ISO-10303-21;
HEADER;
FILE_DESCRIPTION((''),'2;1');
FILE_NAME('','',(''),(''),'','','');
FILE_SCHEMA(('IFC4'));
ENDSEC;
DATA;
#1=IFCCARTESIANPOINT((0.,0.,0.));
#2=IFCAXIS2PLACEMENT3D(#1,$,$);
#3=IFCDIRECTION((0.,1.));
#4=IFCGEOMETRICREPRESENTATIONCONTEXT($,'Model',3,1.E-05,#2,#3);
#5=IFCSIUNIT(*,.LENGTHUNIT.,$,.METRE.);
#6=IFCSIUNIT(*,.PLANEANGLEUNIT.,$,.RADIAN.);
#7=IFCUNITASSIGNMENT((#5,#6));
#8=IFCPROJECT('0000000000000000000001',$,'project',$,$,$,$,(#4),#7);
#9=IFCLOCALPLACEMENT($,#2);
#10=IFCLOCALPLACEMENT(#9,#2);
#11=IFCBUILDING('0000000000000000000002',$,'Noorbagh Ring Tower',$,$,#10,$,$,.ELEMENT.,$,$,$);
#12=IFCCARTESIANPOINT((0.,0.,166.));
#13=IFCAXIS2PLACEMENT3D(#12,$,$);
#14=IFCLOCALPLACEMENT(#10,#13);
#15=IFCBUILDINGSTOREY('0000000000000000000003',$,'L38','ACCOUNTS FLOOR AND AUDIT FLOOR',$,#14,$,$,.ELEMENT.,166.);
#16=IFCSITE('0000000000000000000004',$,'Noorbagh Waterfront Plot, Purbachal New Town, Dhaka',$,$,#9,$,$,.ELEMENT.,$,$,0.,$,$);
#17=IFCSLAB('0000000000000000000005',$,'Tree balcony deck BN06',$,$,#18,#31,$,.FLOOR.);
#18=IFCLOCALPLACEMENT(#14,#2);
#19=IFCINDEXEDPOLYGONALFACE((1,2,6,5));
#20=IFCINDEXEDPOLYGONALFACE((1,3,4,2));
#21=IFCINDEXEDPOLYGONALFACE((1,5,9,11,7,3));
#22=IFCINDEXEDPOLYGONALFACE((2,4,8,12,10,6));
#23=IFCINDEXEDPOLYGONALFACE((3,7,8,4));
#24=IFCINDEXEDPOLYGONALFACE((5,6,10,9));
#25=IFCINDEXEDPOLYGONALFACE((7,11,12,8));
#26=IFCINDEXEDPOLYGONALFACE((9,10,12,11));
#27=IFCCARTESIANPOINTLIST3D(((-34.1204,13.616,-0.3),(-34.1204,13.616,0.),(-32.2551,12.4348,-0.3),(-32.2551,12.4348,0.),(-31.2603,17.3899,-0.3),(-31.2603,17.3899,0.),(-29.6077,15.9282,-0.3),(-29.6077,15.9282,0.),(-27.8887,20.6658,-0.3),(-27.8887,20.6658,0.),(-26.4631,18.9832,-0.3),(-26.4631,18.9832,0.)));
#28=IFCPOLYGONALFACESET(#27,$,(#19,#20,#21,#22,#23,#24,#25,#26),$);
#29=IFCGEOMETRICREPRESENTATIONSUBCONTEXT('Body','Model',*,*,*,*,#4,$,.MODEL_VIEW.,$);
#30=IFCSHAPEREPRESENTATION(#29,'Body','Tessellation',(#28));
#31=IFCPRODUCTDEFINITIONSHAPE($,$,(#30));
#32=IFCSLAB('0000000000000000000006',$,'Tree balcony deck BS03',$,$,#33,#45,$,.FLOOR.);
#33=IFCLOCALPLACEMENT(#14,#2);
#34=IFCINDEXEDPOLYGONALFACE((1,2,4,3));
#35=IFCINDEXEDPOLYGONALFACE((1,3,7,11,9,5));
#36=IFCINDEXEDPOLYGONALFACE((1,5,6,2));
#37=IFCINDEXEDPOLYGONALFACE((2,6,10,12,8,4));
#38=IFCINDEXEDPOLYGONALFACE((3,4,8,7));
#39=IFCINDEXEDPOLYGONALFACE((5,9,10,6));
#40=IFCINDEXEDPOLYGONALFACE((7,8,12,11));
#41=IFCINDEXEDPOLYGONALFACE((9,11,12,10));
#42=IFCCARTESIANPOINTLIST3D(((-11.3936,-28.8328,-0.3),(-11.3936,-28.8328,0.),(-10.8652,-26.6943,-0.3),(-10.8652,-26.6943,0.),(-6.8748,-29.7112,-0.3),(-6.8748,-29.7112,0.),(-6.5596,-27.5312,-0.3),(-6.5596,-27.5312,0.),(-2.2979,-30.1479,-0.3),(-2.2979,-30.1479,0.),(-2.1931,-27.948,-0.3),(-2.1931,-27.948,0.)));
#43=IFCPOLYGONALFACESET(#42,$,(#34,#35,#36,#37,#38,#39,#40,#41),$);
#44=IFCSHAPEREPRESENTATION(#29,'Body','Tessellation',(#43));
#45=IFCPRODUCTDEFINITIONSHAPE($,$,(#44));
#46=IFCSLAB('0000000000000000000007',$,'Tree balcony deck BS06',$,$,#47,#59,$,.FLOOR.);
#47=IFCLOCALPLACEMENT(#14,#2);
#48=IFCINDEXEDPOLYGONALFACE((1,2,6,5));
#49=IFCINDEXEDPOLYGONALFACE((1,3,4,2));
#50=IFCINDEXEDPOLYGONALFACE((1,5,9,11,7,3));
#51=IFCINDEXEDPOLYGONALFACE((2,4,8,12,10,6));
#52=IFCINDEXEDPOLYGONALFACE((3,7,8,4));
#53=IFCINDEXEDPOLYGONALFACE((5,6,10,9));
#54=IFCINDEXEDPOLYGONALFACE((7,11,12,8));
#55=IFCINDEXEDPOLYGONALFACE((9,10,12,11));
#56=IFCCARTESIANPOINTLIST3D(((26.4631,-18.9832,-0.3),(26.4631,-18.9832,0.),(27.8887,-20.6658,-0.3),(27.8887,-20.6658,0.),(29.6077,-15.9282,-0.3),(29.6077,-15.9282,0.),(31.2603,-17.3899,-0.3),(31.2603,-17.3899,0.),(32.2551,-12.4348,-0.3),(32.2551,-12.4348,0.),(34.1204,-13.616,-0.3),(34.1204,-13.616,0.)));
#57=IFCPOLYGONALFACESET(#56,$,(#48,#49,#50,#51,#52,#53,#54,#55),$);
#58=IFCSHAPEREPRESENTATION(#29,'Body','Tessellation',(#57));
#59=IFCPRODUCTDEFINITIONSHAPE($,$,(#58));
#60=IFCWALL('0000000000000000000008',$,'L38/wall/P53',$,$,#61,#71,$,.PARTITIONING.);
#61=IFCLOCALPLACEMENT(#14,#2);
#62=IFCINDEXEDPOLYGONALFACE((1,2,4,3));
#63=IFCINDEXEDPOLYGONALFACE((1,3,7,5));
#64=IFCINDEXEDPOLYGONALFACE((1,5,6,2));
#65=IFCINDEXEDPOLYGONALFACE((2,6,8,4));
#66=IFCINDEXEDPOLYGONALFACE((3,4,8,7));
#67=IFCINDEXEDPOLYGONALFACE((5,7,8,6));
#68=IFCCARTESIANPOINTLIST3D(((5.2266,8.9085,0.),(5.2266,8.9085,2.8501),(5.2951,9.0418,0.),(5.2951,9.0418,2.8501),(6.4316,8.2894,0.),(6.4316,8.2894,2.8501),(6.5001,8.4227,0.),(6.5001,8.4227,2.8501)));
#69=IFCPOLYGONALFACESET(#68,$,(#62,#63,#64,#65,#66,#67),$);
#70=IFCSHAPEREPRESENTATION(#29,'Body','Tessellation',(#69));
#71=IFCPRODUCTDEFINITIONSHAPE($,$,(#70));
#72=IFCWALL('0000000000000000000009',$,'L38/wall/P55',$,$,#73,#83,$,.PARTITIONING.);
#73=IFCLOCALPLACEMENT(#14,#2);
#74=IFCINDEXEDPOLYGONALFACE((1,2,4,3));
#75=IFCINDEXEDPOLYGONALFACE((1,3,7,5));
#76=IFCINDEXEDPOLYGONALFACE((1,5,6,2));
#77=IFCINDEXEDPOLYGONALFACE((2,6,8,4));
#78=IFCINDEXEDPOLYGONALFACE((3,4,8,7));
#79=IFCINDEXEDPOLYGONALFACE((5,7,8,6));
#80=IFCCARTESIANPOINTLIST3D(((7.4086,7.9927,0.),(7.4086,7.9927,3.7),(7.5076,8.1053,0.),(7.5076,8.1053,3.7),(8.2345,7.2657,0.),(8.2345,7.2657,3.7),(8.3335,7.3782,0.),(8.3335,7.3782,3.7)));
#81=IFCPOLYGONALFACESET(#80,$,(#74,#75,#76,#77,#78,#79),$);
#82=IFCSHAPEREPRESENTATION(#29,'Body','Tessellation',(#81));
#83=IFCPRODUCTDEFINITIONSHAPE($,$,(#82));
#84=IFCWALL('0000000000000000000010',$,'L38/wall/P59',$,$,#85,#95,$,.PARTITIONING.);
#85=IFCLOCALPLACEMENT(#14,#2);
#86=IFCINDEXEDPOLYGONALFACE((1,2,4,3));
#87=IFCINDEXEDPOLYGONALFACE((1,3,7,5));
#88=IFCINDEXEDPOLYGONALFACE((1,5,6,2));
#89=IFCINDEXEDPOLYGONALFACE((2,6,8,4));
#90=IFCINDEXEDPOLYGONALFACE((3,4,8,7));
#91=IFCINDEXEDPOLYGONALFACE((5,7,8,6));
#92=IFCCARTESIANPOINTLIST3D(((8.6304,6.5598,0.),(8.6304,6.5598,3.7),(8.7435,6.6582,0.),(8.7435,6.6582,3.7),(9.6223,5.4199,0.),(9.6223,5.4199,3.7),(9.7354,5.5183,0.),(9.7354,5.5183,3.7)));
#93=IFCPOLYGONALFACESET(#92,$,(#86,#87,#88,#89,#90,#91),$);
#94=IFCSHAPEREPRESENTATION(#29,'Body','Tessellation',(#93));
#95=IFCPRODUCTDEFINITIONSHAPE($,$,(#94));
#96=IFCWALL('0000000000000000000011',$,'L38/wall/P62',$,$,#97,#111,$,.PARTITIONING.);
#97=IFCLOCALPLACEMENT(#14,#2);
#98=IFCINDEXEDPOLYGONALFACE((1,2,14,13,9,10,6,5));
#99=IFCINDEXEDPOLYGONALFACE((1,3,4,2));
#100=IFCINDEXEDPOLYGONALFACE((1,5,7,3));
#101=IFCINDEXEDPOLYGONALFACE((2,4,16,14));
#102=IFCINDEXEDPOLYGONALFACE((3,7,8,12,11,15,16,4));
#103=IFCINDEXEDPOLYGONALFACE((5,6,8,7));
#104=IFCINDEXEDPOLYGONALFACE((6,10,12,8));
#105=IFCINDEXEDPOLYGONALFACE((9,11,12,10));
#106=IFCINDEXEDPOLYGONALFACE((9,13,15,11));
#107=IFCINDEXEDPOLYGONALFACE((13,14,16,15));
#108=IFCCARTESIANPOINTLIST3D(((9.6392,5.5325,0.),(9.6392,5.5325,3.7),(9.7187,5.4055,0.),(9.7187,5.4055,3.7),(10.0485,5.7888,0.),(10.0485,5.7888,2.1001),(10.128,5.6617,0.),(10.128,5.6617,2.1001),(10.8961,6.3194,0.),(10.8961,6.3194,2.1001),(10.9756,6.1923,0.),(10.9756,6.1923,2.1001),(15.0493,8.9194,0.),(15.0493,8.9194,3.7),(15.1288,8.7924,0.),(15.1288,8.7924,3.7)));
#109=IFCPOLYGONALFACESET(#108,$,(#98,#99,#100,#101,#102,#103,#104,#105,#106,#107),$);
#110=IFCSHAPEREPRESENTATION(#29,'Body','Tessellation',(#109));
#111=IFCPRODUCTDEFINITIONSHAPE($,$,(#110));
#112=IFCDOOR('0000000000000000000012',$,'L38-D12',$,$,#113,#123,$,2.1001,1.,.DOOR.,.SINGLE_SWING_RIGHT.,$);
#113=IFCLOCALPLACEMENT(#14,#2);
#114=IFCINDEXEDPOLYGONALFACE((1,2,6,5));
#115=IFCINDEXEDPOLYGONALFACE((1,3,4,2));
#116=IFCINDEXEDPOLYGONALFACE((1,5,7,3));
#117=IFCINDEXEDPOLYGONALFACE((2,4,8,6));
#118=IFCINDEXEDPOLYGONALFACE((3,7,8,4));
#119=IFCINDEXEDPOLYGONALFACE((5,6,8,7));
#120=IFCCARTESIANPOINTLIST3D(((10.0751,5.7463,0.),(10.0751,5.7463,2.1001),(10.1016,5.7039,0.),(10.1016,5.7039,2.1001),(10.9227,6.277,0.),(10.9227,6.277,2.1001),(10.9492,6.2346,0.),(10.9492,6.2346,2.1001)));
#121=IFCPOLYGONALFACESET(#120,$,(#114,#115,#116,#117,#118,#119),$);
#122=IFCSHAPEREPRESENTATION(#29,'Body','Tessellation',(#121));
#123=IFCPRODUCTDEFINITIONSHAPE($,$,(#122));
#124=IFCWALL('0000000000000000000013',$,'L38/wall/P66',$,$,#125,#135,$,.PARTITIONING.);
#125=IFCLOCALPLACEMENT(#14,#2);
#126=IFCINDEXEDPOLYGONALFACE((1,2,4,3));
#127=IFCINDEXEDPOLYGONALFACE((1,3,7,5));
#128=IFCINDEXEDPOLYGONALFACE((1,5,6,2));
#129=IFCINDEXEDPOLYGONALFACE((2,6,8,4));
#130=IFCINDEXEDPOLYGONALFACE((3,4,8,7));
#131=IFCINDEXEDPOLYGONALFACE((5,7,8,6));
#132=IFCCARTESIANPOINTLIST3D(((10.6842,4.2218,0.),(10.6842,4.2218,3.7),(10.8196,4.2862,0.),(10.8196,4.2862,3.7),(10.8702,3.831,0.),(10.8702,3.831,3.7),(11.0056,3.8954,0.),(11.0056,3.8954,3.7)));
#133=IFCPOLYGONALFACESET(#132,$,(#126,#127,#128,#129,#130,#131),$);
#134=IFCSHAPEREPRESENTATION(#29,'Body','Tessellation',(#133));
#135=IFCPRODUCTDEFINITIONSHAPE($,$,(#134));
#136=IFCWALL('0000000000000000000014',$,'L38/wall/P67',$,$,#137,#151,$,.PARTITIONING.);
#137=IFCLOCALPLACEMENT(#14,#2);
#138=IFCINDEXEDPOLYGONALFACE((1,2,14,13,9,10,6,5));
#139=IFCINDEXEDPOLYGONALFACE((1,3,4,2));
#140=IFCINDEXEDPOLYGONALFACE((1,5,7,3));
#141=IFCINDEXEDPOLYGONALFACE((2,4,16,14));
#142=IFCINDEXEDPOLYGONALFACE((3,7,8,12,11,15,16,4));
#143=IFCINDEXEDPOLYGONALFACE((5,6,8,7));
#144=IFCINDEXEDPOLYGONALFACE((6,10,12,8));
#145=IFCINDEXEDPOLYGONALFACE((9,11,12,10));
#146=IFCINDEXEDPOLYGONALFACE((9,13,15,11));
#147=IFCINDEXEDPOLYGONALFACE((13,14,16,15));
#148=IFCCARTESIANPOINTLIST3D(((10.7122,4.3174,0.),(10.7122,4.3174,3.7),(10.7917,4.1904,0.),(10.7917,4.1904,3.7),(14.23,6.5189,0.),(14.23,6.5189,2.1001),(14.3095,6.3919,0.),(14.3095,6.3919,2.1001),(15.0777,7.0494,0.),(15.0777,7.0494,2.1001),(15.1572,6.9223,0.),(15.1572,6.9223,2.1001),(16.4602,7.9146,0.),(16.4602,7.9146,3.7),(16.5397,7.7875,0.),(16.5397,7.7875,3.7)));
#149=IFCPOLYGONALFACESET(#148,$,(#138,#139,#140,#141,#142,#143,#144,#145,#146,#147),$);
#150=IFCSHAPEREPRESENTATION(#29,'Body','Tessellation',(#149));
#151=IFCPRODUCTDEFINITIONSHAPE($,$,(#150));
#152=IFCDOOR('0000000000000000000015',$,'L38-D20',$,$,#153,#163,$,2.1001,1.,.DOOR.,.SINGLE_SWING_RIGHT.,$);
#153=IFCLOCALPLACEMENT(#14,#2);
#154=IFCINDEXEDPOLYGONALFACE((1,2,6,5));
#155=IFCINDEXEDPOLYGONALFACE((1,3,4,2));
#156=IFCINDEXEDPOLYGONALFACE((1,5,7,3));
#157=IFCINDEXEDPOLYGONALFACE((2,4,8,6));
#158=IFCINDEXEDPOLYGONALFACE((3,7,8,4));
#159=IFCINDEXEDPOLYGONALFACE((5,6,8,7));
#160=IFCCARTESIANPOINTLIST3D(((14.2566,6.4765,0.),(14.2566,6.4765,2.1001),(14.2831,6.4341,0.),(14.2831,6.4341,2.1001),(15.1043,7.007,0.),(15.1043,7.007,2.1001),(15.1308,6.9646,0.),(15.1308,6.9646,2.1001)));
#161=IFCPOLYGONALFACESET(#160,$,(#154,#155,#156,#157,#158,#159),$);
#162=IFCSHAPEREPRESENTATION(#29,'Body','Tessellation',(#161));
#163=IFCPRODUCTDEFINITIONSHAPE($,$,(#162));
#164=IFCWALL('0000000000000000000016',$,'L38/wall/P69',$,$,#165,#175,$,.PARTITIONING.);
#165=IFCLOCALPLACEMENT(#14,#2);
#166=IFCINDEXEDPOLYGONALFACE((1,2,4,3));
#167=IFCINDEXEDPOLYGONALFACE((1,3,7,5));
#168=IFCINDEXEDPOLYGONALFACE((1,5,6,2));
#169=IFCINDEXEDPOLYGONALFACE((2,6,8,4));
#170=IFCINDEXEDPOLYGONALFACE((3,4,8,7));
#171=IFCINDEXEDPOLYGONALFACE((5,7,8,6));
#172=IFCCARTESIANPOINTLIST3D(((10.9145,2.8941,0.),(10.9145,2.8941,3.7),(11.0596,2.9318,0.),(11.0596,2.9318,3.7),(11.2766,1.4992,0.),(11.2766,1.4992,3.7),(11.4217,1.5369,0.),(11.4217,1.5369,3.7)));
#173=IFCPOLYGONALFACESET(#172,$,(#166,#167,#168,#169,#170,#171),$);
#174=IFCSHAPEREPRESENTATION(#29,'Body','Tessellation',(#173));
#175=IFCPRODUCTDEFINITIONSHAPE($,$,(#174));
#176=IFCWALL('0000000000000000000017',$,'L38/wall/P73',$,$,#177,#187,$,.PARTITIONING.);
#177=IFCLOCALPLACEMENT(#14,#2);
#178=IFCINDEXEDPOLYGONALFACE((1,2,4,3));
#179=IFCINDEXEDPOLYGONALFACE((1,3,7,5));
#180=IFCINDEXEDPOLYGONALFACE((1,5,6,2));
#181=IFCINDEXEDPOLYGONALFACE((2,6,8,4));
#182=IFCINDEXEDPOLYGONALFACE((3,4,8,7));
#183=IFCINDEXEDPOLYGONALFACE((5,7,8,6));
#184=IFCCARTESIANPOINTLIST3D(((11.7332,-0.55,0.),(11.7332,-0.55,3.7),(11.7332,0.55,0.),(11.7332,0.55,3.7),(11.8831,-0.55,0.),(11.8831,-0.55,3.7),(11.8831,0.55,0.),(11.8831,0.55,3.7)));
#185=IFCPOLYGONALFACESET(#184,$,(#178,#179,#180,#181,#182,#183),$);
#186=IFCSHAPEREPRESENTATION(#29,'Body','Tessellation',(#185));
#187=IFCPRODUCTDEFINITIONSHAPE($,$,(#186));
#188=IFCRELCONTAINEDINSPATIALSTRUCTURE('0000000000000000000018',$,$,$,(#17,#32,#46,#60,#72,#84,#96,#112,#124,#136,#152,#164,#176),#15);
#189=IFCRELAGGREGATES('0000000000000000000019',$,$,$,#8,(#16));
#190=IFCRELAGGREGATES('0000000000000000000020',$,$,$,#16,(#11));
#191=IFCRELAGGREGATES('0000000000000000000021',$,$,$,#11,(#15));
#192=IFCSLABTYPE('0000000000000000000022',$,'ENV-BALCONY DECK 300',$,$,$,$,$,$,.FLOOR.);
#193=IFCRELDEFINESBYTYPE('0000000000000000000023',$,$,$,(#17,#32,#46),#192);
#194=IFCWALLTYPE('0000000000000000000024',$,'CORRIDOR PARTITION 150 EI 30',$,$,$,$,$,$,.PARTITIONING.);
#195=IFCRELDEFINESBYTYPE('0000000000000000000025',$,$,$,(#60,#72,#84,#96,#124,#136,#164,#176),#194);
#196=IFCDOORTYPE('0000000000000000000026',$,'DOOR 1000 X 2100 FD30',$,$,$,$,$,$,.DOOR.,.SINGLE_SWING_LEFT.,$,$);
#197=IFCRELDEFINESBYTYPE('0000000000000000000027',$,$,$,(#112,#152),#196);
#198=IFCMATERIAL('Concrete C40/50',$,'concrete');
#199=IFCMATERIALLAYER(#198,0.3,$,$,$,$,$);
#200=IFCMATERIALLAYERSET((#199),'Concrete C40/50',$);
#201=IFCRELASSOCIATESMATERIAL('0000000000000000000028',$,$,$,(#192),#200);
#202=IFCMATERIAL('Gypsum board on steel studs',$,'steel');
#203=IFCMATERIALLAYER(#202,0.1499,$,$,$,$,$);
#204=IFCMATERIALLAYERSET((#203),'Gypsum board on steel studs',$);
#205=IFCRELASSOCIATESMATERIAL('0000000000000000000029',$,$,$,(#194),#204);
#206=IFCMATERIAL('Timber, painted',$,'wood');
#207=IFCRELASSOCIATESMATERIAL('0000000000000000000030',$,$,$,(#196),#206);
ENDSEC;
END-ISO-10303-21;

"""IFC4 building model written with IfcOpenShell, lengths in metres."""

from ifc_helpers import new_model, si_unit, direction, frame, frame_2d, origin, place, context, subcontext, project, spatial, polyline, rectangle, outline, extrude, material, layer, layer_set, type_object, element, fill, save


model = new_model("IFC4")

# Units and contexts
model_context = context("Model", 3, precision=1e-05, world=origin(), true_north=direction((0.0, 1.0)))
body_context = subcontext(model_context, "Body", "Model", "MODEL_VIEW")
ifc_project = project(units=[si_unit("LENGTHUNIT", "METRE"), si_unit("PLANEANGLEUNIT", "RADIAN")], contexts=[model_context])

# Site, building, storey
site_placement = place(None, origin())
site = spatial("IfcSite", under=ifc_project, at=site_placement, Name="Noorbagh Waterfront Plot, Purbachal New Town, Dhaka", CompositionType="ELEMENT", RefElevation=0.0)
building_placement = place(site_placement, origin())
building = spatial("IfcBuilding", under=site, at=building_placement, Name="Noorbagh Ring Tower", CompositionType="ELEMENT")
storey_placement = place(building_placement, frame((0.0, 0.0, 166.0)))
storey = spatial("IfcBuildingStorey", under=building, at=storey_placement, Name="L38", Description="ACCOUNTS FLOOR AND AUDIT FLOOR", CompositionType="ELEMENT", Elevation=166.0)

# Slabs
ifc_material_1 = material(Name="Concrete C40/50", Category="concrete")
ifc_layer_1 = layer(ifc_material_1, 0.3)
ifc_layer_set_1 = layer_set([ifc_layer_1], Name="Concrete C40/50")
slab_type = type_object("IfcSlabType", Name="ENV-BALCONY DECK 300", PredefinedType="FLOOR", material=ifc_layer_set_1)
slab_1_placement = place(storey_placement, frame((0.0, 0.0, -0.3)))
element("IfcSlab", 1, at=slab_1_placement, inside=storey, type_object=slab_type, Name="Tree balcony deck BN06", PredefinedType="FLOOR", context=body_context, shape_type="SweptSolid", body=[
    extrude(outline(polyline([(-27.8887, 20.6658), (-31.2603, 17.3899), (-34.1204, 13.616), (-32.2551, 12.4348), (-29.6077, 15.9282), (-26.4631, 18.9832), (-27.8887, 20.6658)])), origin(), (0.0, 0.0, 1.0), 0.3),
])
slab_2_placement = place(storey_placement, frame((0.0, 0.0, -0.3)))
element("IfcSlab", 2, at=slab_2_placement, inside=storey, type_object=slab_type, Name="Tree balcony deck BS03", PredefinedType="FLOOR", context=body_context, shape_type="SweptSolid", body=[
    extrude(outline(polyline([(-11.3936, -28.8328), (-6.8748, -29.7112), (-2.2979, -30.1479), (-2.1931, -27.948), (-6.5596, -27.5312), (-10.8652, -26.6943), (-11.3936, -28.8328)])), origin(), (0.0, 0.0, 1.0), 0.3),
])
slab_3_placement = place(storey_placement, frame((0.0, 0.0, -0.3)))
element("IfcSlab", 3, at=slab_3_placement, inside=storey, type_object=slab_type, Name="Tree balcony deck BS06", PredefinedType="FLOOR", context=body_context, shape_type="SweptSolid", body=[
    extrude(outline(polyline([(27.8887, -20.6658), (31.2603, -17.3899), (34.1204, -13.616), (32.2551, -12.4348), (29.6077, -15.9282), (26.4631, -18.9832), (27.8887, -20.6658)])), origin(), (0.0, 0.0, 1.0), 0.3),
])

# Walls
ifc_material_2 = material(Name="Gypsum board on steel studs", Category="steel")
ifc_layer_2 = layer(ifc_material_2, 0.1499)
ifc_layer_set_2 = layer_set([ifc_layer_2], Name="Gypsum board on steel studs")
wall_type = type_object("IfcWallType", Name="CORRIDOR PARTITION 150 EI 30", PredefinedType="PARTITIONING", material=ifc_layer_set_2)
wall_1_placement = place(storey_placement, frame((5.261, 8.9751, 0.0), z_axis=(0.0, 0.0, 1.0), x_axis=(0.889472, -0.45699, 0.0)))
element("IfcWall", 4, at=wall_1_placement, inside=storey, type_object=wall_type, Name="L38/wall/P53", PredefinedType="PARTITIONING", context=body_context, shape_type="SweptSolid", body=[
    extrude(rectangle(XDim=1.3547, YDim=0.1499, at=frame_2d((0.6772, 0.0))), origin(), (0.0, 0.0, 1.0), 2.8501),
])
wall_2_placement = place(storey_placement, frame((7.458, 8.0491, 0.0), z_axis=(0.0, 0.0, 1.0), x_axis=(0.750608, -0.660748, 0.0)))
element("IfcWall", 5, at=wall_2_placement, inside=storey, type_object=wall_type, Name="L38/wall/P55", PredefinedType="PARTITIONING", context=body_context, shape_type="SweptSolid", body=[
    extrude(rectangle(XDim=1.1003, YDim=0.1499, at=frame_2d((0.5503, 0.0))), origin(), (0.0, 0.0, 1.0), 3.7),
])
wall_3_placement = place(storey_placement, frame((8.687, 6.6089, 0.0), z_axis=(0.0, 0.0, 1.0), x_axis=(0.656455, -0.754365, 0.0)))
element("IfcWall", 6, at=wall_3_placement, inside=storey, type_object=wall_type, Name="L38/wall/P59", PredefinedType="PARTITIONING", context=body_context, shape_type="SweptSolid", body=[
    extrude(rectangle(XDim=1.511, YDim=0.1499, at=frame_2d((0.7554, 0.0))), origin(), (0.0, 0.0, 1.0), 3.7),
])

# Wall, opening, door
wall_4_placement = place(storey_placement, frame((9.679, 5.469, 0.0), z_axis=(0.0, 0.0, 1.0), x_axis=(0.847603, 0.530631, 0.0)))
wall_4 = element("IfcWall", 7, at=wall_4_placement, inside=storey, type_object=wall_type, Name="L38/wall/P62", PredefinedType="PARTITIONING", context=body_context, shape_type="SweptSolid", body=[
    extrude(rectangle(XDim=6.3828, YDim=0.1499, at=frame_2d((3.1914, 0.0))), origin(), (0.0, 0.0, 1.0), 3.7),
])
opening_1_placement = place(wall_4_placement, frame((0.4829, 0.0, 0.0)))
opening_1 = element("IfcOpeningElement", 8, at=opening_1_placement, cuts=wall_4, PredefinedType="OPENING", context=body_context, shape_type="SweptSolid", body=[
    extrude(rectangle(XDim=1.0, YDim=2.1001, at=frame_2d((0.5, 1.05))), frame((0.0, 0.085, 0.0), z_axis=(0.0, -1.0, 0.0), x_axis=(1.0, 0.0, 0.0)), (0.0, 0.0, 1.0), 0.1699),
])
ifc_material_3 = material(Name="Timber, painted", Category="wood")
door_type = type_object("IfcDoorType", Name="DOOR 1000 X 2100 FD30", OperationType="SINGLE_SWING_LEFT", PredefinedType="DOOR", material=ifc_material_3)
door_1_placement = place(opening_1_placement, origin())
door_1 = element("IfcDoor", 9, at=door_1_placement, inside=storey, type_object=door_type, Name="L38-D12", OperationType="SINGLE_SWING_RIGHT", OverallHeight=2.1001, OverallWidth=1.0, PredefinedType="DOOR", context=body_context, shape_type="SweptSolid", body=[
    extrude(rectangle(XDim=1.0, YDim=2.1001, at=frame_2d((0.5, 1.05))), frame((0.0, 0.0249, 0.0), z_axis=(0.0, -1.0, 0.0), x_axis=(1.0, 0.0, 0.0)), (0.0, 0.0, 1.0), 0.05),
])
fill(opening_1, door_1)

# Wall
wall_5_placement = place(storey_placement, frame((10.752, 4.2539, 0.0), z_axis=(0.0, 0.0, 1.0), x_axis=(0.429758, -0.902944, 0.0)))
element("IfcWall", 10, at=wall_5_placement, inside=storey, type_object=wall_type, Name="L38/wall/P66", PredefinedType="PARTITIONING", context=body_context, shape_type="SweptSolid", body=[
    extrude(rectangle(XDim=0.4329, YDim=0.1499, at=frame_2d((0.2163, 0.0))), origin(), (0.0, 0.0, 1.0), 3.7),
])

# Wall, opening, door
wall_6_placement = place(storey_placement, frame((10.752, 4.2539, 0.0), z_axis=(0.0, 0.0, 1.0), x_axis=(0.847691, 0.530491, 0.0)))
wall_6 = element("IfcWall", 11, at=wall_6_placement, inside=storey, type_object=wall_type, Name="L38/wall/P67", PredefinedType="PARTITIONING", context=body_context, shape_type="SweptSolid", body=[
    extrude(rectangle(XDim=6.7808, YDim=0.1499, at=frame_2d((3.3904, 0.0))), origin(), (0.0, 0.0, 1.0), 3.7),
])
opening_2_placement = place(wall_6_placement, frame((4.1499, 0.0, 0.0)))
opening_2 = element("IfcOpeningElement", 12, at=opening_2_placement, cuts=wall_6, PredefinedType="OPENING", context=body_context, shape_type="SweptSolid", body=[
    extrude(rectangle(XDim=1.0, YDim=2.1001, at=frame_2d((0.5, 1.05))), frame((0.0, 0.085, 0.0), z_axis=(0.0, -1.0, 0.0), x_axis=(1.0, 0.0, 0.0)), (0.0, 0.0, 1.0), 0.1699),
])
door_2_placement = place(opening_2_placement, origin())
door_2 = element("IfcDoor", 13, at=door_2_placement, inside=storey, type_object=door_type, Name="L38-D20", OperationType="SINGLE_SWING_RIGHT", OverallHeight=2.1001, OverallWidth=1.0, PredefinedType="DOOR", context=body_context, shape_type="SweptSolid", body=[
    extrude(rectangle(XDim=1.0, YDim=2.1001, at=frame_2d((0.5, 1.05))), frame((0.0, 0.0249, 0.0), z_axis=(0.0, -1.0, 0.0), x_axis=(1.0, 0.0, 0.0)), (0.0, 0.0, 1.0), 0.05),
])
fill(opening_2, door_2)

# Walls
wall_7_placement = place(storey_placement, frame((10.9871, 2.9131, 0.0), z_axis=(0.0, 0.0, 1.0), x_axis=(0.251215, -0.967931, 0.0)))
element("IfcWall", 14, at=wall_7_placement, inside=storey, type_object=wall_type, Name="L38/wall/P69", PredefinedType="PARTITIONING", context=body_context, shape_type="SweptSolid", body=[
    extrude(rectangle(XDim=1.4412, YDim=0.1499, at=frame_2d((0.7207, 0.0))), origin(), (0.0, 0.0, 1.0), 3.7),
])
wall_8_placement = place(storey_placement, frame((11.8081, -0.55, 0.0), z_axis=(0.0, 0.0, 1.0), x_axis=(0.0, 1.0, 0.0)))
element("IfcWall", 15, at=wall_8_placement, inside=storey, type_object=wall_type, Name="L38/wall/P73", PredefinedType="PARTITIONING", context=body_context, shape_type="SweptSolid", body=[
    extrude(rectangle(XDim=1.1001, YDim=0.1499, at=frame_2d((0.55, 0.0))), origin(), (0.0, 0.0, 1.0), 3.7),
])

save(model, "model.ifc")
